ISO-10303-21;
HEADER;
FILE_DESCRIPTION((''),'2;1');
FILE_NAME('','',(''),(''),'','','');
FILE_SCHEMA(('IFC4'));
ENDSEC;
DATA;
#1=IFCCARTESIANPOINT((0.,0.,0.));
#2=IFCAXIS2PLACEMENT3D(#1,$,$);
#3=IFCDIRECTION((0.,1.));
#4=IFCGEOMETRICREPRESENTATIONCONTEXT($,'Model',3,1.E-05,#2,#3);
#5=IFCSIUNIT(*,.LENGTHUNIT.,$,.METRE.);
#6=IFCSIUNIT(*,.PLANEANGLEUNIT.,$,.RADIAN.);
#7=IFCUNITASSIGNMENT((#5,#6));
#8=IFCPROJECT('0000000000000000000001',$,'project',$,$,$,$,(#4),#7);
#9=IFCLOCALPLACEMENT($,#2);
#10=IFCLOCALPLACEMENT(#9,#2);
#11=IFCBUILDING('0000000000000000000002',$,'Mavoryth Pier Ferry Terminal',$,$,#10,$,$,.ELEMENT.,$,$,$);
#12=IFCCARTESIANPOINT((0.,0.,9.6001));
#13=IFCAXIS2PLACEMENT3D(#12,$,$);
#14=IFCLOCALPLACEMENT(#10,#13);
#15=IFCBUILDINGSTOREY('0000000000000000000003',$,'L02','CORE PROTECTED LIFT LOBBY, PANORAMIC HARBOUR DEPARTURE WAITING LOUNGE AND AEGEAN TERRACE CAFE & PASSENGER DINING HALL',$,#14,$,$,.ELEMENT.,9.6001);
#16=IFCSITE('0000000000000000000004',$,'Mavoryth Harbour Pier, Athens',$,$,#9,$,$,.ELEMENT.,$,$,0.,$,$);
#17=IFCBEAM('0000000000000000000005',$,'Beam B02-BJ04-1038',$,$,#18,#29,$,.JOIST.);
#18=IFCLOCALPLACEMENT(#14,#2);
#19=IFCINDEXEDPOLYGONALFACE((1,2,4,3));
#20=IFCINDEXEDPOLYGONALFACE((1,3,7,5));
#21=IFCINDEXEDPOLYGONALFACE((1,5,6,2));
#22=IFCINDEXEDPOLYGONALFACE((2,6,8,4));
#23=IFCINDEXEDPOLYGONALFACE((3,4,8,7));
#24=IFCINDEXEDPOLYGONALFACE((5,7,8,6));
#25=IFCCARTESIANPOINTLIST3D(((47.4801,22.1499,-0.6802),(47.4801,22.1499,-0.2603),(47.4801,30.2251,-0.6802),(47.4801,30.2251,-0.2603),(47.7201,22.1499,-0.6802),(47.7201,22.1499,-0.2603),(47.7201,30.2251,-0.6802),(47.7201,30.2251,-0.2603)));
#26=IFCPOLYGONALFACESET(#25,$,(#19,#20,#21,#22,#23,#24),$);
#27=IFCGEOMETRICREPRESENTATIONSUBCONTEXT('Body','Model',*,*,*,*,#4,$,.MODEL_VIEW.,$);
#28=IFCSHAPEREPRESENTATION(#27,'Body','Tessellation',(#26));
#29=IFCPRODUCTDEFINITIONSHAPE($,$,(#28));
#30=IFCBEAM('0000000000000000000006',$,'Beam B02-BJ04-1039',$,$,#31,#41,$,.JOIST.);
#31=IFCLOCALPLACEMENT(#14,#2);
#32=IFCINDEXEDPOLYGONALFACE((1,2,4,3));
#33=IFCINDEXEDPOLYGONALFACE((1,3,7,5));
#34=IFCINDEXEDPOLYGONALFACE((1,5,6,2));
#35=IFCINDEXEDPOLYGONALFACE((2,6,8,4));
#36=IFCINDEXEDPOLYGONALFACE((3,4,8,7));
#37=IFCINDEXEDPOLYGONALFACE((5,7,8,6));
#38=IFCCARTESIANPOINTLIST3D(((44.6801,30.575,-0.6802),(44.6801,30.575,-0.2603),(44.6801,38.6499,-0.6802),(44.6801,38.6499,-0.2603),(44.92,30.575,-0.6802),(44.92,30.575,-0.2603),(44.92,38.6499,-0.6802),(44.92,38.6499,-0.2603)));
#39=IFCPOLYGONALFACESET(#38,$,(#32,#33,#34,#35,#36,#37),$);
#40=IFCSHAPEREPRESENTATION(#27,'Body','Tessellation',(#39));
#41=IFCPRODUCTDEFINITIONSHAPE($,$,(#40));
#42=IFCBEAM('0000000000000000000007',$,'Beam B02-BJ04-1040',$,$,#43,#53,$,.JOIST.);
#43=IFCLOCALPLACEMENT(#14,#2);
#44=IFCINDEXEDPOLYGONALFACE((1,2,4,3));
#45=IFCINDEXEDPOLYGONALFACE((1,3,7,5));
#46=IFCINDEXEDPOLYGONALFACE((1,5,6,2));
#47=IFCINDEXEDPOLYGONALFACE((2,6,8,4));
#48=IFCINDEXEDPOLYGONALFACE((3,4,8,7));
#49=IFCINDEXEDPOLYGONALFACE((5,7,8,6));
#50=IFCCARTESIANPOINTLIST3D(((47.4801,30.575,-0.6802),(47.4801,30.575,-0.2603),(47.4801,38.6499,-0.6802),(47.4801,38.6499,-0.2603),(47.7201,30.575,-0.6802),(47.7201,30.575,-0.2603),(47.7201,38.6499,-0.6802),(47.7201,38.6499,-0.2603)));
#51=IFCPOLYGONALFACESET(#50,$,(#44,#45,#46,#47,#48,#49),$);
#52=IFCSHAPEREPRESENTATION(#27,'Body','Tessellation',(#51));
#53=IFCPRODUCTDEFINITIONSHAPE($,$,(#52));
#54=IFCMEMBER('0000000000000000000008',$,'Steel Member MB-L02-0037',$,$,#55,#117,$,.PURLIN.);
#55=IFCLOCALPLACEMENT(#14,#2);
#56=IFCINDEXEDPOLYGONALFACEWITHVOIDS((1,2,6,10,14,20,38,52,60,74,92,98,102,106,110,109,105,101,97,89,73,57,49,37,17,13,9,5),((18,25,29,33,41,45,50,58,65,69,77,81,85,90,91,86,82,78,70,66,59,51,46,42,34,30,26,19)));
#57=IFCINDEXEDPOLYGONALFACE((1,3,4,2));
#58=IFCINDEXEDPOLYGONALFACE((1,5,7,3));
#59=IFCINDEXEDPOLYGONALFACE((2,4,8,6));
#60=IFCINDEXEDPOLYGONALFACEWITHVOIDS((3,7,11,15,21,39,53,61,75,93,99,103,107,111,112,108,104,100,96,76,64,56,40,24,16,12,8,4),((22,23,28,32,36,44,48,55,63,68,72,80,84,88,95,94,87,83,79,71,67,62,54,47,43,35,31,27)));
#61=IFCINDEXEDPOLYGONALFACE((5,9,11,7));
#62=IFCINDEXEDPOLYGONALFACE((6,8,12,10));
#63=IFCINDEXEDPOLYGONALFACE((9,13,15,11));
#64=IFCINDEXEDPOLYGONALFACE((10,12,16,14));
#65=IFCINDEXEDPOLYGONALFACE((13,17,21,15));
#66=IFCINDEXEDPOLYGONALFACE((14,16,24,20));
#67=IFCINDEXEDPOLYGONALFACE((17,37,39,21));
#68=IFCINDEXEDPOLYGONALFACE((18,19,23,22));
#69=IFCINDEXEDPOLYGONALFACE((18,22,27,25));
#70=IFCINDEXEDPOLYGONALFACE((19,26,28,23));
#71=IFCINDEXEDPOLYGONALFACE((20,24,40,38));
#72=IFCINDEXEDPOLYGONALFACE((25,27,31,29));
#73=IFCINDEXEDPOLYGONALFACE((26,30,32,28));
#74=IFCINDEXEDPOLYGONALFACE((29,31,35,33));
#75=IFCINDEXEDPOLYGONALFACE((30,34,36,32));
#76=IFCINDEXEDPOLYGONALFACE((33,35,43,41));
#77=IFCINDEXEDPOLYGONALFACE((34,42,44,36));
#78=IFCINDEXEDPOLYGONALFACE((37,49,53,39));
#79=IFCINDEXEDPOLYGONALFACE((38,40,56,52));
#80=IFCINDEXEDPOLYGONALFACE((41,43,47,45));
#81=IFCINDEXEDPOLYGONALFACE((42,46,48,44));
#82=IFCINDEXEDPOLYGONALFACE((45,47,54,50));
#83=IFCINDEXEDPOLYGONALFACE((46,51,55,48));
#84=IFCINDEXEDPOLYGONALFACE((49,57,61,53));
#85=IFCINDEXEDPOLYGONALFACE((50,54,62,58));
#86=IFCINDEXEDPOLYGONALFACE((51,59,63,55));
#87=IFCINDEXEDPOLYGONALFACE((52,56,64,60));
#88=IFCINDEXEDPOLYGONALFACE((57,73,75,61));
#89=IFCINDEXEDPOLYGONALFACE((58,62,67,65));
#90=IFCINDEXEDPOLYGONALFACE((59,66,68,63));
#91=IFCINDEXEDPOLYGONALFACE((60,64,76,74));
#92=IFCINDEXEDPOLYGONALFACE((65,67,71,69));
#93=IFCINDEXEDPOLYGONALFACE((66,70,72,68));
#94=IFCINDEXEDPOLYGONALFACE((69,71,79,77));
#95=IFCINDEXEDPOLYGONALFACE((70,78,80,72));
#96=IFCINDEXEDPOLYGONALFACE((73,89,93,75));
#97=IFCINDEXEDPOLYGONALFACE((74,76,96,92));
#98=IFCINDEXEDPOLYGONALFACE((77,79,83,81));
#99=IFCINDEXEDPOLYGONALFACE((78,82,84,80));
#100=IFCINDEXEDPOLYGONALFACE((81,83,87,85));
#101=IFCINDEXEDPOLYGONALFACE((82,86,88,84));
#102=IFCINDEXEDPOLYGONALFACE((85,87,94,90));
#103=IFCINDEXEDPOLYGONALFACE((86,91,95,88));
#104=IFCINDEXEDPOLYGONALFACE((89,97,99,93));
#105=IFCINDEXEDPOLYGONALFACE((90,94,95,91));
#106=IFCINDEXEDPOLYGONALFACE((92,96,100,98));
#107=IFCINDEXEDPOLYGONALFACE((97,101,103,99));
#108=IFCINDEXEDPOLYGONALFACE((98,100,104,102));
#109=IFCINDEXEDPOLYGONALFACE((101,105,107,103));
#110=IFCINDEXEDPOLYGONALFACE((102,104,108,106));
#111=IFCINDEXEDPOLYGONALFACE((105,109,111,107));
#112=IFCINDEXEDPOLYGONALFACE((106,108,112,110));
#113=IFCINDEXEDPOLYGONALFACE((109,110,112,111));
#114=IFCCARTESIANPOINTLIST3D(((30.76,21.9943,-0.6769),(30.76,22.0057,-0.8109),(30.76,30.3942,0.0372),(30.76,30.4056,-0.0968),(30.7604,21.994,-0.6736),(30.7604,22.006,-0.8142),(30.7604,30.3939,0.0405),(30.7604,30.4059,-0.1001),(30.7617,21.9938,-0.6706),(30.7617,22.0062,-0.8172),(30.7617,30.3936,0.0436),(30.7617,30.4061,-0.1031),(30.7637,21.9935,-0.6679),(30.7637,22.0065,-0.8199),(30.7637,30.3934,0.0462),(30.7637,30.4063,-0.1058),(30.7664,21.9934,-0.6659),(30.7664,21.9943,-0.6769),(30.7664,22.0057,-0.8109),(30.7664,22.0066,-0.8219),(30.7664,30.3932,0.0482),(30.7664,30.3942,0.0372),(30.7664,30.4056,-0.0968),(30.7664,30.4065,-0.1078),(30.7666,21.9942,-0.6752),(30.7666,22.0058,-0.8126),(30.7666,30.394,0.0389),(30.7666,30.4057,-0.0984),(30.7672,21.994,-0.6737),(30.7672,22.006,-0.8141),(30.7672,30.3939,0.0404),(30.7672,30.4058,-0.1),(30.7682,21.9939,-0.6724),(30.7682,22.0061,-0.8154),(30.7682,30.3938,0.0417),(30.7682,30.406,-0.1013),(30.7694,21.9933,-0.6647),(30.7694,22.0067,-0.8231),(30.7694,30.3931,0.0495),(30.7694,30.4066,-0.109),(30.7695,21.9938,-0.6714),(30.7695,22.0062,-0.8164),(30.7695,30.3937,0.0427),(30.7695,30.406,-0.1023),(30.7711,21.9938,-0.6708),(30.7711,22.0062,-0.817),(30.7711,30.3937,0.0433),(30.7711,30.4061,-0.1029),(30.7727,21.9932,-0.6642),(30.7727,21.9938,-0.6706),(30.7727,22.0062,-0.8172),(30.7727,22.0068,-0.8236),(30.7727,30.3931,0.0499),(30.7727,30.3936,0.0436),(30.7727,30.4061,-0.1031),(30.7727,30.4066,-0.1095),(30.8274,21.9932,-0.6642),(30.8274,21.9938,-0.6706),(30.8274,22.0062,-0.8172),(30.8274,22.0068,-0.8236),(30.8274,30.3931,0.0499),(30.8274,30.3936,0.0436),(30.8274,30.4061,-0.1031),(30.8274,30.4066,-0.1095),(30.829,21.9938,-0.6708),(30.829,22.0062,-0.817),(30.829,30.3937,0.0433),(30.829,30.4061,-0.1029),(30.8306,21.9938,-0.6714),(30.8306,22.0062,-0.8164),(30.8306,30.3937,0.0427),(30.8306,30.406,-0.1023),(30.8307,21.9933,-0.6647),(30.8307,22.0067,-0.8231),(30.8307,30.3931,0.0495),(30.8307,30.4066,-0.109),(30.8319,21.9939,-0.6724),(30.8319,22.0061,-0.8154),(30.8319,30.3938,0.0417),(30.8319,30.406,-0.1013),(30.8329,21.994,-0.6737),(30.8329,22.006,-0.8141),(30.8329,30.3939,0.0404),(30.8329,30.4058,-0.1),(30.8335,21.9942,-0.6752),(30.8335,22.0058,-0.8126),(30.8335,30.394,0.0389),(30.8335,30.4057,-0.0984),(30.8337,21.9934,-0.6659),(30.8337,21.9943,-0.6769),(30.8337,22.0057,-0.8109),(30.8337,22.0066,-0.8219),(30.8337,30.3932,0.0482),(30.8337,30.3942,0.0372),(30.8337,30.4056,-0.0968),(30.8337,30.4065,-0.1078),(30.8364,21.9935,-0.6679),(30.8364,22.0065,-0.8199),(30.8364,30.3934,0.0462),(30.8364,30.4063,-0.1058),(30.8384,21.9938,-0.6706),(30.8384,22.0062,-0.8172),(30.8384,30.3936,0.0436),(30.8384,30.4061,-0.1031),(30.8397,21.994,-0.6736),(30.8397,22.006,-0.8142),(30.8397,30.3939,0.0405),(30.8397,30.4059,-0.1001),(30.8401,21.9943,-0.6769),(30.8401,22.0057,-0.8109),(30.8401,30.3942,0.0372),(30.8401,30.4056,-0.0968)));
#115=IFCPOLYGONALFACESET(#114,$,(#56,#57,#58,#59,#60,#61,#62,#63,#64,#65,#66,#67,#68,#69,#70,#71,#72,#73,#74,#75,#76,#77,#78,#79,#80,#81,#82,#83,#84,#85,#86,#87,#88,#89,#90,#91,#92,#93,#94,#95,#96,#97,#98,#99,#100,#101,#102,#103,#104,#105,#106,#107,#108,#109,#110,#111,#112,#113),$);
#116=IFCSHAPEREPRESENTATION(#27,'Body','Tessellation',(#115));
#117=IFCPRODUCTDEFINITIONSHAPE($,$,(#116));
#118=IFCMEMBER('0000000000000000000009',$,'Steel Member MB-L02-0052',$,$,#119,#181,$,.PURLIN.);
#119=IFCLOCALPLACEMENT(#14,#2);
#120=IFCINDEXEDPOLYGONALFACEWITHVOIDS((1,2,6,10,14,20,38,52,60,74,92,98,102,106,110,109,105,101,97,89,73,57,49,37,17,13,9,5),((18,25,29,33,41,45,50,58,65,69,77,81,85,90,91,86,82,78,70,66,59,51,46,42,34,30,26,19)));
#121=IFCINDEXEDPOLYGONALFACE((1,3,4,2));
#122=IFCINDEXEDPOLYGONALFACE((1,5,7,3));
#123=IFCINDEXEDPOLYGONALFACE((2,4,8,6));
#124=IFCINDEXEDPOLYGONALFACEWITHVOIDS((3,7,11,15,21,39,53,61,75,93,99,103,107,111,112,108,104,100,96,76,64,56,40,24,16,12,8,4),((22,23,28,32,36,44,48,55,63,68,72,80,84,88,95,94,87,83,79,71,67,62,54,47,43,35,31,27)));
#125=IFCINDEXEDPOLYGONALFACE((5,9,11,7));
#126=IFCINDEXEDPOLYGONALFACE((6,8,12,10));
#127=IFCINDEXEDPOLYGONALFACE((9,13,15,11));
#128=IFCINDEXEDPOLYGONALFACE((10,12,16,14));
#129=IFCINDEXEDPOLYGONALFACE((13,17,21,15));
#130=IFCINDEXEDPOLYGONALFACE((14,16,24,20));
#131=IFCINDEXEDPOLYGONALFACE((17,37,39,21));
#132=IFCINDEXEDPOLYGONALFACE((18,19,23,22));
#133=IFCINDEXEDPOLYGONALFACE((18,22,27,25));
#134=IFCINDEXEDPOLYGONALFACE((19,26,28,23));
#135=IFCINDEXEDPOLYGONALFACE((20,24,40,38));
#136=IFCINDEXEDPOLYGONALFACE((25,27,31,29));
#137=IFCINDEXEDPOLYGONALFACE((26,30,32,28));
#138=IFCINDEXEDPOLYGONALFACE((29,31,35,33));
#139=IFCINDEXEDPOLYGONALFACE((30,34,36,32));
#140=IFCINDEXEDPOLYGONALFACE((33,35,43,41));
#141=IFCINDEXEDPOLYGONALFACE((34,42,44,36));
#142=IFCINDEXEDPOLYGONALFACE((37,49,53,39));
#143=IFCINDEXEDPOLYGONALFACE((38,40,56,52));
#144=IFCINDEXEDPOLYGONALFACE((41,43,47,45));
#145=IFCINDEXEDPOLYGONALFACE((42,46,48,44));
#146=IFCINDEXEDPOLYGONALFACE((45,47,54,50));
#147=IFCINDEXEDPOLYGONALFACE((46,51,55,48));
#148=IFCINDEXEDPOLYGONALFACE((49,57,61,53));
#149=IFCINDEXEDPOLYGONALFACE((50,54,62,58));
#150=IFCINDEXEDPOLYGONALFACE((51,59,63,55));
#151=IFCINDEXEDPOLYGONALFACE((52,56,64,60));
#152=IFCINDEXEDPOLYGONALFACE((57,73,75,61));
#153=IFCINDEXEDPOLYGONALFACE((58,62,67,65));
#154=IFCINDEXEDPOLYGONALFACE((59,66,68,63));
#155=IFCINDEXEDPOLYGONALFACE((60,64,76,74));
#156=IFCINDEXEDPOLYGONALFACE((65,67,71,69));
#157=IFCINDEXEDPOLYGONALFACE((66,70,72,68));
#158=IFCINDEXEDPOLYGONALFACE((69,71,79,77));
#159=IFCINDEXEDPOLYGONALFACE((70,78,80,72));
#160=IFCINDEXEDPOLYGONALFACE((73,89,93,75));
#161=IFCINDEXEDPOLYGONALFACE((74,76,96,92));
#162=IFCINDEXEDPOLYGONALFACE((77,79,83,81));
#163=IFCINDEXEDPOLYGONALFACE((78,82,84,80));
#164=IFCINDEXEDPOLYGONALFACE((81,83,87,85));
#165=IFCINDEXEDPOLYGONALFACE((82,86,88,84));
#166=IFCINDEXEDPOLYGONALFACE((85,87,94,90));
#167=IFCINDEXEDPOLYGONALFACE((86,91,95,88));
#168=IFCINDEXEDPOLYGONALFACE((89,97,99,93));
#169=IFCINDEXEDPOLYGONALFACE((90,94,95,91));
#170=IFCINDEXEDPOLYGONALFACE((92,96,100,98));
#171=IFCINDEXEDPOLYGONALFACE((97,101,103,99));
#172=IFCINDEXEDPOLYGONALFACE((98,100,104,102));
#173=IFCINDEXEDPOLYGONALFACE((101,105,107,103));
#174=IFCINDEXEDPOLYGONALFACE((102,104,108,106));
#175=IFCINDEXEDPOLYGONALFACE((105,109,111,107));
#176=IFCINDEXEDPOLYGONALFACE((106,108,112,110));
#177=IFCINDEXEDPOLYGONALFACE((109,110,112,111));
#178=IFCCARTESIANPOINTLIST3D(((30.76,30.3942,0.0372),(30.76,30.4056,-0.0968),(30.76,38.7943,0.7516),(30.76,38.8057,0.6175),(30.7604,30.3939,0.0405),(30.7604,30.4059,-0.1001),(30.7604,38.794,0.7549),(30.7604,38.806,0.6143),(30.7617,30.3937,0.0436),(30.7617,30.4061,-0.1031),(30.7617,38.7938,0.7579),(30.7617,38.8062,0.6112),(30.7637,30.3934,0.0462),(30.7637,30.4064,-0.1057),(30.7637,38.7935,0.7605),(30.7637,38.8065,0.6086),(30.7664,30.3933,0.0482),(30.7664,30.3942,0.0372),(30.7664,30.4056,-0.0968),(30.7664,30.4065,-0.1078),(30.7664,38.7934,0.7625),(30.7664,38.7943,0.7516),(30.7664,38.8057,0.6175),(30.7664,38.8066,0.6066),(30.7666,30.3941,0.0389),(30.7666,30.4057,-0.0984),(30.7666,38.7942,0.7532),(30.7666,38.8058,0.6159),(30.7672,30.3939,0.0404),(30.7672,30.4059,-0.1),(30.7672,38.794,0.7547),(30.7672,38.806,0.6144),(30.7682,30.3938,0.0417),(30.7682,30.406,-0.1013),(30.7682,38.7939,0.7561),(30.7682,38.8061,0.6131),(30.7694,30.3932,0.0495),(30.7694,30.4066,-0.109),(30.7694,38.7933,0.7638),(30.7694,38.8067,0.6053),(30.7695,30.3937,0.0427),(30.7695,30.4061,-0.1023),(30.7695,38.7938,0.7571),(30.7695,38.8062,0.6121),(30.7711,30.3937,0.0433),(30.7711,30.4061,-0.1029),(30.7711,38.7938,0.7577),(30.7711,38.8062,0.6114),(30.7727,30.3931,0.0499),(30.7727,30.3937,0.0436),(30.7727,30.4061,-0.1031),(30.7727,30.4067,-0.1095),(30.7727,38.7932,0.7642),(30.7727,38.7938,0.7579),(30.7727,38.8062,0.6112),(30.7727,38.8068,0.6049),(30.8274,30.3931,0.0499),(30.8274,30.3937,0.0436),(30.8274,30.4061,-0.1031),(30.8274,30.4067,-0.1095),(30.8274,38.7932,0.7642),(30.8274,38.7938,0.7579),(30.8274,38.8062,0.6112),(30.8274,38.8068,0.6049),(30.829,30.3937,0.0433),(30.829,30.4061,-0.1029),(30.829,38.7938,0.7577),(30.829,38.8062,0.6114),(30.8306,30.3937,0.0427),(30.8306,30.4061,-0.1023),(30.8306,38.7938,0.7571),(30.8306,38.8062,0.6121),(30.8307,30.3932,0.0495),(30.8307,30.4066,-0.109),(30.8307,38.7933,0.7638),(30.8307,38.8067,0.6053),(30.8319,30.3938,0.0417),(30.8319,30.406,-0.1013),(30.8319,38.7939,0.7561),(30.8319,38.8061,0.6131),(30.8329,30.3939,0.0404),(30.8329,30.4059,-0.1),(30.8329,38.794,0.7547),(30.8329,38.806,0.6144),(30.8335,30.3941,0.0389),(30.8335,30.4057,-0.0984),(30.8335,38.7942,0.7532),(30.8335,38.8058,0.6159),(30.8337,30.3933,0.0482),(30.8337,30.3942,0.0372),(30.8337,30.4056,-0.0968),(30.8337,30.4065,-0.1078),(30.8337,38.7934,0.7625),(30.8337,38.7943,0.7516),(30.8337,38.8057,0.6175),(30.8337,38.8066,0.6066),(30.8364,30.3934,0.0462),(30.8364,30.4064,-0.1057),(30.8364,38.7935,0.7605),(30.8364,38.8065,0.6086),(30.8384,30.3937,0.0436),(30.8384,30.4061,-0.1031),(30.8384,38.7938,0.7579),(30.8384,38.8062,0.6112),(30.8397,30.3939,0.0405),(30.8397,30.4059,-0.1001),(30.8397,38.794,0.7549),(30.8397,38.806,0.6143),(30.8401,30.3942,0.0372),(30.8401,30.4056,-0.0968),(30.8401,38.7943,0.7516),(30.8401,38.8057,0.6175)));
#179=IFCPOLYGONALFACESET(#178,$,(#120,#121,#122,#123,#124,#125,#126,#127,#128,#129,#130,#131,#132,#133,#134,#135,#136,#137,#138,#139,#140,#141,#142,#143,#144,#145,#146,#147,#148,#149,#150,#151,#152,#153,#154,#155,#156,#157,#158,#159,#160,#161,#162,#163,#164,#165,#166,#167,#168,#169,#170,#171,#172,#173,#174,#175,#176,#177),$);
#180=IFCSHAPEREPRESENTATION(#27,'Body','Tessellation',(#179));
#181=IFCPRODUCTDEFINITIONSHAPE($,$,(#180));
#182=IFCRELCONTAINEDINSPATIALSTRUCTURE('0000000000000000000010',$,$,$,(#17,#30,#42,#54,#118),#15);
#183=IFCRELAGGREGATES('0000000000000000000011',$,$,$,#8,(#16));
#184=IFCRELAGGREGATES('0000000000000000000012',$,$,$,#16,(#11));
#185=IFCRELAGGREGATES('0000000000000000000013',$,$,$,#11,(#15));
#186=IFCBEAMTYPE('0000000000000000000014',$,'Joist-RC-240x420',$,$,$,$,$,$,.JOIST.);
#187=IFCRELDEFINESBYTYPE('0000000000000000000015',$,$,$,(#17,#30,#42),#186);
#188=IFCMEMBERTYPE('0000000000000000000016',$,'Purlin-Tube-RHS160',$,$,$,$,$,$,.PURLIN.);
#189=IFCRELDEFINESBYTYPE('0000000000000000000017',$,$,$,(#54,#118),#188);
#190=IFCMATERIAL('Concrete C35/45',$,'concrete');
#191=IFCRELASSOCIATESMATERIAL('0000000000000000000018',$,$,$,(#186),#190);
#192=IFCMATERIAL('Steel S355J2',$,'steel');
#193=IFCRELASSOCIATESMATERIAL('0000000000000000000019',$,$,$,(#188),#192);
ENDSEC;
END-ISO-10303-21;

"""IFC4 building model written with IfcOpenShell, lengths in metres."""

from ifc_helpers import new_model, si_unit, direction, frame, origin, origin_2d, place, context, subcontext, project, spatial, rectangle, hollow_rectangle, extrude, material, material_profile, profile_set, type_object, element, save


model = new_model("IFC4")

# Units and contexts
model_context = context("Model", 3, precision=1e-05, world=origin(), true_north=direction((0.0, 1.0)))
body_context = subcontext(model_context, "Body", "Model", "MODEL_VIEW")
ifc_project = project(units=[si_unit("LENGTHUNIT", "METRE"), si_unit("PLANEANGLEUNIT", "RADIAN")], contexts=[model_context])

# Site, building, storey
site_placement = place(None, origin())
site = spatial("IfcSite", under=ifc_project, at=site_placement, Name="Mavoryth Harbour Pier, Athens", CompositionType="ELEMENT", RefElevation=0.0)
building_placement = place(site_placement, origin())
building = spatial("IfcBuilding", under=site, at=building_placement, Name="Mavoryth Pier Ferry Terminal", CompositionType="ELEMENT")
storey_placement = place(building_placement, frame((0.0, 0.0, 9.6001)))
storey = spatial("IfcBuildingStorey", under=building, at=storey_placement, Name="L02", Description="CORE PROTECTED LIFT LOBBY, PANORAMIC HARBOUR DEPARTURE WAITING LOUNGE AND AEGEAN TERRACE CAFE & PASSENGER DINING HALL", CompositionType="ELEMENT", Elevation=9.6001)

# Shared definitions
ifc_material_1 = material(Name="Steel S355J2", Category="steel")

# Beams
ifc_material_2 = material(Name="Concrete C35/45", Category="concrete")
ifc_material_profile_1 = material_profile(ifc_material_2, rectangle(XDim=0.24, YDim=0.4199, at=origin_2d()), Name="RC 240x420", Category="concrete")
ifc_profile_set_1 = profile_set([ifc_material_profile_1], Name="Concrete C35/45 - RC 240x420")
beam_type_1 = type_object("IfcBeamType", Name="Joist-RC-240x420", PredefinedType="JOIST", material=ifc_profile_set_1)
for number, where, z_axis, x_axis, name in (
    (1, (47.6001, 22.1499, -0.4702), (0.0, 1.0, 0.0), (-1.0, 0.0, 0.0), "Beam B02-BJ04-1038"),
):
    element("IfcBeam", number, at=place(storey_placement, frame(where, z_axis=z_axis, x_axis=x_axis)), inside=storey, type_object=beam_type_1, Name=name, PredefinedType="JOIST", context=body_context, shape_type="SweptSolid", body=[
        extrude(rectangle(XDim=0.24, YDim=0.4199, at=origin_2d()), origin(), (0.0, 0.0, 1.0), 8.0752),
    ])
for number, where, z_axis, x_axis, name in (
    (2, (44.8, 30.575, -0.4702), (0.0, 1.0, 0.0), (-1.0, 0.0, 0.0), "Beam B02-BJ04-1039"),
    (3, (47.6001, 30.575, -0.4702), (0.0, 1.0, 0.0), (-1.0, 0.0, 0.0), "Beam B02-BJ04-1040"),
):
    element("IfcBeam", number, at=place(storey_placement, frame(where, z_axis=z_axis, x_axis=x_axis)), inside=storey, type_object=beam_type_1, Name=name, PredefinedType="JOIST", context=body_context, shape_type="SweptSolid", body=[
        extrude(rectangle(XDim=0.24, YDim=0.4199, at=origin_2d()), origin(), (0.0, 0.0, 1.0), 8.075),
    ])

# Members
ifc_material_profile_2 = material_profile(ifc_material_1, hollow_rectangle(XDim=0.0801, YDim=0.1599, WallThickness=0.0063, InnerFilletRadius=0.0063, OuterFilletRadius=0.0127, at=origin_2d()), Name="RHS 160x80x6.3", Category="steel")
ifc_profile_set_2 = profile_set([ifc_material_profile_2], Name="Steel S355J2 - RHS 160x80x6.3")
member_type_1 = type_object("IfcMemberType", Name="Purlin-Tube-RHS160", PredefinedType="PURLIN", material=ifc_profile_set_2)
member_1_placement = place(storey_placement, frame((30.8, 22.0, -0.7439), z_axis=(0.0, 0.996406, 0.084709), x_axis=(-1.0, 0.0, 0.0)))
element("IfcMember", 4, at=member_1_placement, inside=storey, type_object=member_type_1, Name="Steel Member MB-L02-0037", PredefinedType="PURLIN", context=body_context, shape_type="SweptSolid", body=[
    extrude(hollow_rectangle(XDim=0.0801, YDim=0.1599, WallThickness=0.0063, InnerFilletRadius=0.0063, OuterFilletRadius=0.0127, at=origin_2d()), origin(), (0.0, 0.0, 1.0), 8.4302),
])
member_2_placement = place(storey_placement, frame((30.8, 30.3999, -0.0298), z_axis=(0.0, 0.996404, 0.084735), x_axis=(-1.0, 0.0, 0.0)))
element("IfcMember", 5, at=member_2_placement, inside=storey, type_object=member_type_1, Name="Steel Member MB-L02-0052", PredefinedType="PURLIN", context=body_context, shape_type="SweptSolid", body=[
    extrude(hollow_rectangle(XDim=0.0801, YDim=0.1599, WallThickness=0.0063, InnerFilletRadius=0.0063, OuterFilletRadius=0.0127, at=origin_2d()), origin(), (0.0, 0.0, 1.0), 8.4304),
])

save(model, "model.ifc")
